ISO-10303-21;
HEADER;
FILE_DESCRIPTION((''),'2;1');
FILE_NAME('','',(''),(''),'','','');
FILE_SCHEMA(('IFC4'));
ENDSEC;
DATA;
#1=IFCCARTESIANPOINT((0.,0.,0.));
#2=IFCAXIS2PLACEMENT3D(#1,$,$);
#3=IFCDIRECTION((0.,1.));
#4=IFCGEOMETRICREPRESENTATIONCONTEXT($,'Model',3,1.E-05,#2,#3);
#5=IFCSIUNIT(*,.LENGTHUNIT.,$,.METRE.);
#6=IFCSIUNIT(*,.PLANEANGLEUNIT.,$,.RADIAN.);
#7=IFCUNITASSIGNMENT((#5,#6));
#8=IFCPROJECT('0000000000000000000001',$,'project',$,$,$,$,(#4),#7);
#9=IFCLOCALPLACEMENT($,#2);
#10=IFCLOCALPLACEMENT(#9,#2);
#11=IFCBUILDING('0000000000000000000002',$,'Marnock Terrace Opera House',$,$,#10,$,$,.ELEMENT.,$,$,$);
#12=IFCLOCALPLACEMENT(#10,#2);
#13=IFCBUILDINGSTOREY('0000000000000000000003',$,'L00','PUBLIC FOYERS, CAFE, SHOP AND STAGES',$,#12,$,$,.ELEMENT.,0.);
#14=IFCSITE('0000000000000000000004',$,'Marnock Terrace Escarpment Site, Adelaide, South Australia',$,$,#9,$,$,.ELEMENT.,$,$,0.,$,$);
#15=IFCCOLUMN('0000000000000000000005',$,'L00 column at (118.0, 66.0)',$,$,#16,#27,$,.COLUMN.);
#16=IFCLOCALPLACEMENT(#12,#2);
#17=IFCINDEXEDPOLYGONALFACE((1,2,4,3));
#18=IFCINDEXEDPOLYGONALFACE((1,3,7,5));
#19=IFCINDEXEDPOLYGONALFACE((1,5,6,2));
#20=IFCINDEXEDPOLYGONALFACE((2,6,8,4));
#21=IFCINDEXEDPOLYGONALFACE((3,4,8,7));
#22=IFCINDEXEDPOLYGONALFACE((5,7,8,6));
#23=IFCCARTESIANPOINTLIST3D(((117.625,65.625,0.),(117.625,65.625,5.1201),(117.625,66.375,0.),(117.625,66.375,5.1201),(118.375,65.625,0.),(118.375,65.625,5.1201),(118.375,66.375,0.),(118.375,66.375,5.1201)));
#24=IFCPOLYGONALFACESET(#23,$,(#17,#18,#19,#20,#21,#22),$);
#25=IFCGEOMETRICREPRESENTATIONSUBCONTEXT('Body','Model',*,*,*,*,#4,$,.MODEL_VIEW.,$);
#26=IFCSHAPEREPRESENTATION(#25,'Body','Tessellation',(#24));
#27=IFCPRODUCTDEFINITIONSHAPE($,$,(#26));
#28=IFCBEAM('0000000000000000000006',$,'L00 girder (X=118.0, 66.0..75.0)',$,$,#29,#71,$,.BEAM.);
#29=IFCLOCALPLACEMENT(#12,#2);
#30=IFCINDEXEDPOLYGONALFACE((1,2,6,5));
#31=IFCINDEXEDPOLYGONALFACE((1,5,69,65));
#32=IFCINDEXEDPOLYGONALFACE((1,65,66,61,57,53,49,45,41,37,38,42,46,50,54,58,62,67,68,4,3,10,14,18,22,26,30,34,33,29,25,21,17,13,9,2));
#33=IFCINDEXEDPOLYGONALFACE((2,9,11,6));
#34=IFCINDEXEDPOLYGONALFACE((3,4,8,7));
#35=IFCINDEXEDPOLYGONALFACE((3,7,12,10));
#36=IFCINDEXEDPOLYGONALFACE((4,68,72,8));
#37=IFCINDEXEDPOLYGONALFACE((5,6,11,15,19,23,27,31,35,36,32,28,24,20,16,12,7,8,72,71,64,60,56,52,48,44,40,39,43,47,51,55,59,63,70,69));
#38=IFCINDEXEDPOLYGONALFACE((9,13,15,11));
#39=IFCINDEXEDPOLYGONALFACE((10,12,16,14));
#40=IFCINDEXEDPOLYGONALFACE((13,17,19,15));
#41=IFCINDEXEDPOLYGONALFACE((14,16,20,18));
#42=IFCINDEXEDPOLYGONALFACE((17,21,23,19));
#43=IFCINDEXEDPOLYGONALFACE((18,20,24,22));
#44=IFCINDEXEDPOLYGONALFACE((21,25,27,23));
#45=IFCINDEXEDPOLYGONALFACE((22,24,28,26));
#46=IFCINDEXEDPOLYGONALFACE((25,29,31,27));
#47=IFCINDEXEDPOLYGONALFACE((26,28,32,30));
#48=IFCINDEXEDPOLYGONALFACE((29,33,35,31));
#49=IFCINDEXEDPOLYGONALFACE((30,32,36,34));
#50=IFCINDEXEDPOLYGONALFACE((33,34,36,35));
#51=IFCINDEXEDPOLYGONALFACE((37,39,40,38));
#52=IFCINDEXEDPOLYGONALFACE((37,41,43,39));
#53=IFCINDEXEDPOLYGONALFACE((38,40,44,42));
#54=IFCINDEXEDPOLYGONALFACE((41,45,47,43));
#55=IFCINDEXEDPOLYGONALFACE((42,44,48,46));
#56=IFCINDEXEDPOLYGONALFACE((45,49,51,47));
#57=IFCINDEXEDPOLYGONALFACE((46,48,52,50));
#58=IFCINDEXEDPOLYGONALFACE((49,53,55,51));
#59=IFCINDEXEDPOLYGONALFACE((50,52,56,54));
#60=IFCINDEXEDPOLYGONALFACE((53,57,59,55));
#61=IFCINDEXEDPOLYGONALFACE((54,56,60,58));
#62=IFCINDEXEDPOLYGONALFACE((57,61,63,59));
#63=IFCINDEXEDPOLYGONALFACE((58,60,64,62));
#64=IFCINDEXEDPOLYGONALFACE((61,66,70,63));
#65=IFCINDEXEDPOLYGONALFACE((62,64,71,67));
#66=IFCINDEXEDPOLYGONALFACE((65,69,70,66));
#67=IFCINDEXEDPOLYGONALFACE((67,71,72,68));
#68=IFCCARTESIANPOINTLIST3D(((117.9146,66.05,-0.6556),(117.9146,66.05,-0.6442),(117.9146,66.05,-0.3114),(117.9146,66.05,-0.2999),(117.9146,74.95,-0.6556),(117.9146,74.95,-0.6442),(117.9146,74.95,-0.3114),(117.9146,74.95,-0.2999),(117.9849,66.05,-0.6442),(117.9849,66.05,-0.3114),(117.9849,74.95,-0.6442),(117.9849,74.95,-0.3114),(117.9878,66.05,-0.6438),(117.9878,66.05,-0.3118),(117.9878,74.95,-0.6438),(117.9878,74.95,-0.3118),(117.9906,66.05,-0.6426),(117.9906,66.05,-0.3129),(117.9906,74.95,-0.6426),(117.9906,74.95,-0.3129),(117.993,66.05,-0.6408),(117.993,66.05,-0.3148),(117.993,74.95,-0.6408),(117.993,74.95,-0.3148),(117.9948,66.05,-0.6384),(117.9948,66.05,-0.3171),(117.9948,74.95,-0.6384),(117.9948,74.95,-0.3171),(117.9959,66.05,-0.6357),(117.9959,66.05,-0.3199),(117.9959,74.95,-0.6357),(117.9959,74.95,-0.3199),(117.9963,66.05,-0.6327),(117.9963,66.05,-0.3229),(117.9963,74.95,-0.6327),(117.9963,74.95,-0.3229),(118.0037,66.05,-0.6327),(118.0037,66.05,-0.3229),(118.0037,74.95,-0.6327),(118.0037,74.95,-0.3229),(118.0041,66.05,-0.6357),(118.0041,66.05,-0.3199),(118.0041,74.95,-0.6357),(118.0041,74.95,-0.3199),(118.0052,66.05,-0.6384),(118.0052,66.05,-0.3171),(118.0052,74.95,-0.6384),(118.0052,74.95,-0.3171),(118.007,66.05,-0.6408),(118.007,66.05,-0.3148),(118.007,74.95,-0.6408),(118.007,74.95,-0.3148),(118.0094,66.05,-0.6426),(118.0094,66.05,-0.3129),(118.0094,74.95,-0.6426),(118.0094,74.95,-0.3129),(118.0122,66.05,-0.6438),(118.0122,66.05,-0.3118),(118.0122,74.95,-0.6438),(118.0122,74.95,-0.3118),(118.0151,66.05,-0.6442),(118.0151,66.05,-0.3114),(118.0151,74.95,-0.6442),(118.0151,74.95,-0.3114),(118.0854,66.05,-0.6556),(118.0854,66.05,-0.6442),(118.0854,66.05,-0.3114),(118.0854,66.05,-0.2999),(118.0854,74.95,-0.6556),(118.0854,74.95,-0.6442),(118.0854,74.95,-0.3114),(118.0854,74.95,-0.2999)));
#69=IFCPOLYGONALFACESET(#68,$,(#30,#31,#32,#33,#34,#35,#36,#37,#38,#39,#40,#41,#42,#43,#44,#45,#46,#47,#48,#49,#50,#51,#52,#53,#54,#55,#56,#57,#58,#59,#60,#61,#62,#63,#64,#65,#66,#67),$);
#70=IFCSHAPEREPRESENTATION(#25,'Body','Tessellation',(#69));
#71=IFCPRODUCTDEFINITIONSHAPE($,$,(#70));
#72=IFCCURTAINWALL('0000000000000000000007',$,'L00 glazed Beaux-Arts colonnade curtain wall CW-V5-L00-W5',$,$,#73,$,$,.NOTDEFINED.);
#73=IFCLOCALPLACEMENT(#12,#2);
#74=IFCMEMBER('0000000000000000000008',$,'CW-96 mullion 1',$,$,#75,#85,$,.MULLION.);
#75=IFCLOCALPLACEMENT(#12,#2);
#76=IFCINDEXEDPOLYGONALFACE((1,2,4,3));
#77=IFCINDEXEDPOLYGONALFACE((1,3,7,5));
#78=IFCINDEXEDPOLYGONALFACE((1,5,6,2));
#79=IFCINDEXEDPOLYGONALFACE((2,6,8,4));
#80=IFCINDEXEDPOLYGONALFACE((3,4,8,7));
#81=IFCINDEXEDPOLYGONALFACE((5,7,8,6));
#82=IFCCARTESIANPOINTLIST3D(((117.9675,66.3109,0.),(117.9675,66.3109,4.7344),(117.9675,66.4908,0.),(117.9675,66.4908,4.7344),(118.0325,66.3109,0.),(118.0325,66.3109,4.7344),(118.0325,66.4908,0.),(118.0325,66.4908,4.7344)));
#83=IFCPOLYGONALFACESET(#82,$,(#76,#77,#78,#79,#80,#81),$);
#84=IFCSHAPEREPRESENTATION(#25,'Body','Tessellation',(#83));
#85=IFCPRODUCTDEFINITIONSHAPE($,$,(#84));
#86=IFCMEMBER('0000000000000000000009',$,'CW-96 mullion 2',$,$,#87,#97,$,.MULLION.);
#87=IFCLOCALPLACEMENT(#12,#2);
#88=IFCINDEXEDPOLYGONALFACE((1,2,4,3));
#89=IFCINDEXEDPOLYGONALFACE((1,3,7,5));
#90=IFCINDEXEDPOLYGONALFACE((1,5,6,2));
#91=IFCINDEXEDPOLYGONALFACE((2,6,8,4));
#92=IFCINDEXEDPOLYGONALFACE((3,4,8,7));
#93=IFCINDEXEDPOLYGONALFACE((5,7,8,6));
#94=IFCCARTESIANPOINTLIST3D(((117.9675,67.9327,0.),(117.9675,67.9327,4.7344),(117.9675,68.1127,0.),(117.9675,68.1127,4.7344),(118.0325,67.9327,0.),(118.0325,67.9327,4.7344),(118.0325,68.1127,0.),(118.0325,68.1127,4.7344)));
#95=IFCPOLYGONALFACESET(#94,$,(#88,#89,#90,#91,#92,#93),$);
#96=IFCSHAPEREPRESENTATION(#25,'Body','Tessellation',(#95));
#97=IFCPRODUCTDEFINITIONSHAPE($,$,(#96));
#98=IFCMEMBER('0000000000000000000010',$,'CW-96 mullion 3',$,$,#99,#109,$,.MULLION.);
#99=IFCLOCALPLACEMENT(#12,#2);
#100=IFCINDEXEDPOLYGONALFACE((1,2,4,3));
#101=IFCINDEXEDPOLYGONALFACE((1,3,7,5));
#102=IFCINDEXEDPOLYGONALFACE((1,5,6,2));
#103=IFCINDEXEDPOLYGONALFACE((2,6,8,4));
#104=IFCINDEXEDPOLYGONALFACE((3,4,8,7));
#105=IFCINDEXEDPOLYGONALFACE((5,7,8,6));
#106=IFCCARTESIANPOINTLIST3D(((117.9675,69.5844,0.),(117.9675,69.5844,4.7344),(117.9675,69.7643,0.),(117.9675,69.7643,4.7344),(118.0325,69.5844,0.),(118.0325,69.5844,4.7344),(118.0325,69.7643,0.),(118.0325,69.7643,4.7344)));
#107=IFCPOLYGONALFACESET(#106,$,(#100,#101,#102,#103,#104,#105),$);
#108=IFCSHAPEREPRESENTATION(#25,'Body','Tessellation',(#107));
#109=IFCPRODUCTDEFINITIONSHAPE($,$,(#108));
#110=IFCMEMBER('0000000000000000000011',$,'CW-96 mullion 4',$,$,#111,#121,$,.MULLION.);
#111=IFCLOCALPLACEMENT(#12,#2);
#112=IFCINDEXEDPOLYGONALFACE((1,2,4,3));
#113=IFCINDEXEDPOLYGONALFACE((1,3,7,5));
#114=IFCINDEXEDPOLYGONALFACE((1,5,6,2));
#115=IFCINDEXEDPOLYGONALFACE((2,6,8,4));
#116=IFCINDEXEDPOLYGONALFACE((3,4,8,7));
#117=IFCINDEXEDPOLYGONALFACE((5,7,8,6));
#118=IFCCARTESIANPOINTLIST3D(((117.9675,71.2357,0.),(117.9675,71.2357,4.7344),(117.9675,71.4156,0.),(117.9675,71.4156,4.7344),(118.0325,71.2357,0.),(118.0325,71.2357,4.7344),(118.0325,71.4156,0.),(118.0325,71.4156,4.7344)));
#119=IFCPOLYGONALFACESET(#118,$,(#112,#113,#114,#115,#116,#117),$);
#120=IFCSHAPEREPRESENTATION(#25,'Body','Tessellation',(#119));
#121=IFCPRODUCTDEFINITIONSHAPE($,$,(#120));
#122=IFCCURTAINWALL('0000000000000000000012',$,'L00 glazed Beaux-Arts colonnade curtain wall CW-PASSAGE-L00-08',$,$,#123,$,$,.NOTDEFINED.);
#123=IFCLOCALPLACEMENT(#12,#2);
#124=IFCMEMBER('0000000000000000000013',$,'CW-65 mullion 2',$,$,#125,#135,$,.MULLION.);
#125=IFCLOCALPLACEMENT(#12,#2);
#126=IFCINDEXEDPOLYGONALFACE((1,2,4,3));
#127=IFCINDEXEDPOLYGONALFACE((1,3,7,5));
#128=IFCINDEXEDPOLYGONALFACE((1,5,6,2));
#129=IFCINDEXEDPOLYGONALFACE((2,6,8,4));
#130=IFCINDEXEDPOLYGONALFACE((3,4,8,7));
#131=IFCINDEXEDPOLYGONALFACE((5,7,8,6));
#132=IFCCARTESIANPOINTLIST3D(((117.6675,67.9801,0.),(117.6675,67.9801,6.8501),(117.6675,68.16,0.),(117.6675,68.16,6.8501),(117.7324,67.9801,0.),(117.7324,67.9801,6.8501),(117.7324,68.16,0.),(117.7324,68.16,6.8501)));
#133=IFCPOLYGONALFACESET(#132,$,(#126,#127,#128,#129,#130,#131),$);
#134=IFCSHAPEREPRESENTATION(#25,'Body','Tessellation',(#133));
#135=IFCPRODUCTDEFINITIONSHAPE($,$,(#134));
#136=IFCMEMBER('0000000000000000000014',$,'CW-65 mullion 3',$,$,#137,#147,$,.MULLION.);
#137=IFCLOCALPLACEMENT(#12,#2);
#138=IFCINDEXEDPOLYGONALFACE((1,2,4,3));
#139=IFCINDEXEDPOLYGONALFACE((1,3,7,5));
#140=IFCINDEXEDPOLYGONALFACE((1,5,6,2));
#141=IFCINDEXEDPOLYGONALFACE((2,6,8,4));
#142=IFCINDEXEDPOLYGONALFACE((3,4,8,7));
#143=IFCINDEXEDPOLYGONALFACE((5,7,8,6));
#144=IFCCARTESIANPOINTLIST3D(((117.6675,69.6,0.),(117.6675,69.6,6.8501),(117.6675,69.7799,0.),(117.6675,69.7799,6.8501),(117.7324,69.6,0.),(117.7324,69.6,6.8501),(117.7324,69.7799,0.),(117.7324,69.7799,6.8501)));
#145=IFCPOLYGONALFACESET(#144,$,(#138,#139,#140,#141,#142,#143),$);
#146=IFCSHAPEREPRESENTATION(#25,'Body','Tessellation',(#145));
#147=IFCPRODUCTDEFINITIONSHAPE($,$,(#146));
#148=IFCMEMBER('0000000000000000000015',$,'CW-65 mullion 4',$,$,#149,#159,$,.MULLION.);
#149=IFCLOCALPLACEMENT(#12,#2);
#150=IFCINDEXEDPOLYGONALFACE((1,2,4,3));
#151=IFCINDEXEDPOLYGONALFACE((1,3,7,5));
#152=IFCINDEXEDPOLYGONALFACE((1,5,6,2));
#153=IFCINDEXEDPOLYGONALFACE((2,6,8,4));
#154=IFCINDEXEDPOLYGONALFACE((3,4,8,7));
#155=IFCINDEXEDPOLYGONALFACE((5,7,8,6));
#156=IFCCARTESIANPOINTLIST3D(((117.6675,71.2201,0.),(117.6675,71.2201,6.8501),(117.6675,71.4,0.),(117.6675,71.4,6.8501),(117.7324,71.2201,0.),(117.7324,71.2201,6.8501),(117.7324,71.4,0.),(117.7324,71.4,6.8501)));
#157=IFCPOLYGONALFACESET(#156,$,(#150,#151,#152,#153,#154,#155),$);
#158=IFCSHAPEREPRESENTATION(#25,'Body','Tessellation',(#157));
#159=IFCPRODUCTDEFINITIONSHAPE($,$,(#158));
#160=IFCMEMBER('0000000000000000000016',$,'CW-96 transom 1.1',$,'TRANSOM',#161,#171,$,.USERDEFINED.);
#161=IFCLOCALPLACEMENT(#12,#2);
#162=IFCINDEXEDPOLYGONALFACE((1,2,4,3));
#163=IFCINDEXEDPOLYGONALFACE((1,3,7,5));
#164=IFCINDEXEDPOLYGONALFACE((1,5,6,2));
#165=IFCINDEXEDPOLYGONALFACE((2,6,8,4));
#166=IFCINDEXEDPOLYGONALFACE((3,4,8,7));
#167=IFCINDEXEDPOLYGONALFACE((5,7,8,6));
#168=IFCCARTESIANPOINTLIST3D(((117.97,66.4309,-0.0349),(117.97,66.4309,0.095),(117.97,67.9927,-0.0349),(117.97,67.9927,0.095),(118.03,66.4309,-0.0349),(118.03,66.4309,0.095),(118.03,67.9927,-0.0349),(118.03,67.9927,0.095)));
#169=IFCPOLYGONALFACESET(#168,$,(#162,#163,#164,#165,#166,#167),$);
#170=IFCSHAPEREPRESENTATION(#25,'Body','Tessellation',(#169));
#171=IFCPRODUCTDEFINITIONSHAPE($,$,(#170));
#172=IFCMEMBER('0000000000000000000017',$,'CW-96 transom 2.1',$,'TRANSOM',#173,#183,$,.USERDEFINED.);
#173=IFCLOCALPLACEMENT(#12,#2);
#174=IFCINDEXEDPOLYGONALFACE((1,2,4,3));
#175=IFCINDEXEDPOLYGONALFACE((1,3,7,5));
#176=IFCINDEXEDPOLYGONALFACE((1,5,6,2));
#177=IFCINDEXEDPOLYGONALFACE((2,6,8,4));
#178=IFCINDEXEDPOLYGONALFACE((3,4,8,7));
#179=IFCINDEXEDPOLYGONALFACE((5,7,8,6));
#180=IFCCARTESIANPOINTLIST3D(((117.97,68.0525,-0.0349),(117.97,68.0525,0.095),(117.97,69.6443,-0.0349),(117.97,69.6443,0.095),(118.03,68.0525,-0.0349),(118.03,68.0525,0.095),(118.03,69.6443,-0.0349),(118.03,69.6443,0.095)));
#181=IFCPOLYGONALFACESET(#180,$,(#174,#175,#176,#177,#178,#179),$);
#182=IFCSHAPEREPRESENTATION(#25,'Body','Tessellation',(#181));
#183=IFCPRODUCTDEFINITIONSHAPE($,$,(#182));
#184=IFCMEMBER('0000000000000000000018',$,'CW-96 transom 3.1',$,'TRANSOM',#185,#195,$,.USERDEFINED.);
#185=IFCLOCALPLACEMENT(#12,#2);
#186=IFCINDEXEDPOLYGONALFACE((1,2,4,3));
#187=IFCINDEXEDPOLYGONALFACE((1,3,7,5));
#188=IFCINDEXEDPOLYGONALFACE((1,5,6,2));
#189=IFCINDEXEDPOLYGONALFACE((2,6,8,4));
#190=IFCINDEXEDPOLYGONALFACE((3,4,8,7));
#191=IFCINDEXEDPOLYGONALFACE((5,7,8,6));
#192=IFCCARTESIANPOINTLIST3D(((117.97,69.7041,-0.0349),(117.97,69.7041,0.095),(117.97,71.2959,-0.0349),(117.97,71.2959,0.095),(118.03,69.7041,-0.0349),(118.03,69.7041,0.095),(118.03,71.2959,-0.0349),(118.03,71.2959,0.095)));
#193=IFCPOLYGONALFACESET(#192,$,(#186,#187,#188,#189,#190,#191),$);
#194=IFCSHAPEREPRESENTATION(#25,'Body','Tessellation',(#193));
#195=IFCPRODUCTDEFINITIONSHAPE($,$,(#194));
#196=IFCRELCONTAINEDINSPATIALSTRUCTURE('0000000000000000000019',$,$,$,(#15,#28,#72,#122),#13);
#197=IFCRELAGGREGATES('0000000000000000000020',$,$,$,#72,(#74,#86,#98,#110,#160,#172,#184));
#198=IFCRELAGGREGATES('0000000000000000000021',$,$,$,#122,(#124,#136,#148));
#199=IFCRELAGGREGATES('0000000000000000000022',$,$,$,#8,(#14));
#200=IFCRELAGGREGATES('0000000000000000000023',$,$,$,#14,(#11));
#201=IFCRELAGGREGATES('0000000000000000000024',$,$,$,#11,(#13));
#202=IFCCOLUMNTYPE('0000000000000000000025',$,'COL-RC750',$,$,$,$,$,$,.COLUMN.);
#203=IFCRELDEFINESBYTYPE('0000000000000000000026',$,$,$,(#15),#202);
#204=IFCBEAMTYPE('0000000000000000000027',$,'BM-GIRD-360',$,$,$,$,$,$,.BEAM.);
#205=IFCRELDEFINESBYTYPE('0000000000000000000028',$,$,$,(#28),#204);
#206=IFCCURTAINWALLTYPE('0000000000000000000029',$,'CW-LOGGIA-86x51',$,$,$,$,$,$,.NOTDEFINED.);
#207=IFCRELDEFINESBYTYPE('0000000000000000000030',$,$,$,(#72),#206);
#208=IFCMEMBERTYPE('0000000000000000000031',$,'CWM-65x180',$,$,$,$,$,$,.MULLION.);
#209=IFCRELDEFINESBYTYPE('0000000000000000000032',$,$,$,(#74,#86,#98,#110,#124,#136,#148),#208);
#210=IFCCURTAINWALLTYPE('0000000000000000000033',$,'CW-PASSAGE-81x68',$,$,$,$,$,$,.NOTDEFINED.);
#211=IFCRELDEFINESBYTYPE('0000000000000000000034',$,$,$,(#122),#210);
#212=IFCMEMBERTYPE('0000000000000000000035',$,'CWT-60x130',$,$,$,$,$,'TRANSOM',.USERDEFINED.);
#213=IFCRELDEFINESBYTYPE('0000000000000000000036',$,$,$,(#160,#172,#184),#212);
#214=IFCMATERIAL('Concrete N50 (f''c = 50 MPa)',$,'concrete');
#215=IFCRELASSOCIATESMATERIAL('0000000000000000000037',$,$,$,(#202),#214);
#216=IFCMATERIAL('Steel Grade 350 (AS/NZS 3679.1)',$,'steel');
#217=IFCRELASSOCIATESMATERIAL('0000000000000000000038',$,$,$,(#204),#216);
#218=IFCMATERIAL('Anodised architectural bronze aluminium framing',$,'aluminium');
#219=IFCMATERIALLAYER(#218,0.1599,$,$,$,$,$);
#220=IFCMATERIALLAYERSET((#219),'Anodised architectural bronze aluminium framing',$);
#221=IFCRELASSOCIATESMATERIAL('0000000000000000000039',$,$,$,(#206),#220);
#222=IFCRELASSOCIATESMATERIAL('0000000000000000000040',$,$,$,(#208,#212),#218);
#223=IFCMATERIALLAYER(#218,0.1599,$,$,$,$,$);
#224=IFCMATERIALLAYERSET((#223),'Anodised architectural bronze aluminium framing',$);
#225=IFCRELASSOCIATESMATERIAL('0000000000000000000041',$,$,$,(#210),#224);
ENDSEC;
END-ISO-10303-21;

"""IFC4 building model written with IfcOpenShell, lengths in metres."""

from ifc_helpers import new_model, si_unit, direction, frame, origin, origin_2d, place, context, subcontext, project, spatial, rectangle, i_section, extrude, material, layer, layer_set, material_profile, profile_set, type_object, element, aggregate, save


model = new_model("IFC4")

# Units and contexts
model_context = context("Model", 3, precision=1e-05, world=origin(), true_north=direction((0.0, 1.0)))
body_context = subcontext(model_context, "Body", "Model", "MODEL_VIEW")
ifc_project = project(units=[si_unit("LENGTHUNIT", "METRE"), si_unit("PLANEANGLEUNIT", "RADIAN")], contexts=[model_context])

# Site, building, storey
site_placement = place(None, origin())
site = spatial("IfcSite", under=ifc_project, at=site_placement, Name="Marnock Terrace Escarpment Site, Adelaide, South Australia", CompositionType="ELEMENT", RefElevation=0.0)
building_placement = place(site_placement, origin())
building = spatial("IfcBuilding", under=site, at=building_placement, Name="Marnock Terrace Opera House", CompositionType="ELEMENT")
storey_placement = place(building_placement, origin())
storey = spatial("IfcBuildingStorey", under=building, at=storey_placement, Name="L00", Description="PUBLIC FOYERS, CAFE, SHOP AND STAGES", CompositionType="ELEMENT", Elevation=0.0)

# Column
ifc_material_1 = material(Name="Concrete N50 (f'c = 50 MPa)", Category="concrete")
ifc_material_profile_1 = material_profile(ifc_material_1, rectangle(XDim=0.75, YDim=0.75, at=origin_2d()))
ifc_profile_set_1 = profile_set([ifc_material_profile_1], Name="Concrete N50 (f'c = 50 MPa)")
column_type = type_object("IfcColumnType", Name="COL-RC750", PredefinedType="COLUMN", material=ifc_profile_set_1)
column_placement = place(storey_placement, frame((118.0, 66.0, 0.0), z_axis=(0.0, 0.0, 1.0), x_axis=(1.0, 0.0, 0.0)))
element("IfcColumn", 1, at=column_placement, inside=storey, type_object=column_type, Name="L00 column at (118.0, 66.0)", PredefinedType="COLUMN", context=body_context, shape_type="SweptSolid", body=[
    extrude(rectangle(XDim=0.75, YDim=0.75, at=origin_2d()), origin(), (0.0, 0.0, 1.0), 5.1201),
])

# Beam
ifc_material_2 = material(Name="Steel Grade 350 (AS/NZS 3679.1)", Category="steel")
ifc_material_profile_2 = material_profile(ifc_material_2, i_section(OverallWidth=0.1709, OverallDepth=0.3557, WebThickness=0.0073, FlangeThickness=0.0115, FilletRadius=0.0115, at=origin_2d()))
ifc_profile_set_2 = profile_set([ifc_material_profile_2], Name="Steel Grade 350 (AS/NZS 3679.1)")
beam_type = type_object("IfcBeamType", Name="BM-GIRD-360", PredefinedType="BEAM", material=ifc_profile_set_2)
beam_placement = place(storey_placement, frame((118.0, 66.05, -0.4778), z_axis=(0.0, 1.0, 0.0), x_axis=(-1.0, 0.0, 0.0)))
element("IfcBeam", 2, at=beam_placement, inside=storey, type_object=beam_type, Name="L00 girder (X=118.0, 66.0..75.0)", PredefinedType="BEAM", context=body_context, shape_type="SweptSolid", body=[
    extrude(i_section(OverallWidth=0.1709, OverallDepth=0.3557, WebThickness=0.0073, FlangeThickness=0.0115, FilletRadius=0.0115, at=origin_2d()), origin(), (0.0, 0.0, 1.0), 8.8999),
])

# Curtain walls, members
ifc_material_3 = material(Name="Anodised architectural bronze aluminium framing", Category="aluminium")
ifc_layer_1 = layer(ifc_material_3, 0.1599)
ifc_layer_set_1 = layer_set([ifc_layer_1], Name="Anodised architectural bronze aluminium framing")
curtain_wall_type_1 = type_object("IfcCurtainWallType", Name="CW-LOGGIA-86x51", PredefinedType="NOTDEFINED", material=ifc_layer_set_1)
curtain_wall_1_placement = place(storey_placement, origin())
curtain_wall_1 = element("IfcCurtainWall", 3, at=curtain_wall_1_placement, inside=storey, type_object=curtain_wall_type_1, Name="L00 glazed Beaux-Arts colonnade curtain wall CW-V5-L00-W5", PredefinedType="NOTDEFINED")
ifc_material_profile_3 = material_profile(ifc_material_3, rectangle(XDim=0.0649, YDim=0.1799, at=origin_2d()))
ifc_profile_set_3 = profile_set([ifc_material_profile_3], Name="Anodised architectural bronze aluminium framing")
member_type_1 = type_object("IfcMemberType", Name="CWM-65x180", PredefinedType="MULLION", material=ifc_profile_set_3)
member_1_placement = place(storey_placement, frame((118.0, 66.4009, 0.0), z_axis=(0.0, 0.0, 1.0), x_axis=(-1.0, 0.0, 0.0)))
member_1 = element("IfcMember", 4, at=member_1_placement, type_object=member_type_1, Name="CW-96 mullion 1", PredefinedType="MULLION", context=body_context, shape_type="SweptSolid", body=[
    extrude(rectangle(XDim=0.0649, YDim=0.1799, at=origin_2d()), origin(), (0.0, 0.0, 1.0), 4.7344),
])
member_2_placement = place(storey_placement, frame((118.0, 68.0227, 0.0), z_axis=(0.0, 0.0, 1.0), x_axis=(-1.0, 0.0, 0.0)))
member_2 = element("IfcMember", 5, at=member_2_placement, type_object=member_type_1, Name="CW-96 mullion 2", PredefinedType="MULLION", context=body_context, shape_type="SweptSolid", body=[
    extrude(rectangle(XDim=0.0649, YDim=0.1799, at=origin_2d()), origin(), (0.0, 0.0, 1.0), 4.7344),
])
member_3_placement = place(storey_placement, frame((118.0, 69.6743, 0.0), z_axis=(0.0, 0.0, 1.0), x_axis=(-1.0, 0.0, 0.0)))
member_3 = element("IfcMember", 6, at=member_3_placement, type_object=member_type_1, Name="CW-96 mullion 3", PredefinedType="MULLION", context=body_context, shape_type="SweptSolid", body=[
    extrude(rectangle(XDim=0.0649, YDim=0.1799, at=origin_2d()), origin(), (0.0, 0.0, 1.0), 4.7344),
])
member_4_placement = place(storey_placement, frame((118.0, 71.3257, 0.0), z_axis=(0.0, 0.0, 1.0), x_axis=(-1.0, 0.0, 0.0)))
member_4 = element("IfcMember", 7, at=member_4_placement, type_object=member_type_1, Name="CW-96 mullion 4", PredefinedType="MULLION", context=body_context, shape_type="SweptSolid", body=[
    extrude(rectangle(XDim=0.0649, YDim=0.1799, at=origin_2d()), origin(), (0.0, 0.0, 1.0), 4.7344),
])
ifc_layer_2 = layer(ifc_material_3, 0.1599)
ifc_layer_set_2 = layer_set([ifc_layer_2], Name="Anodised architectural bronze aluminium framing")
curtain_wall_type_2 = type_object("IfcCurtainWallType", Name="CW-PASSAGE-81x68", PredefinedType="NOTDEFINED", material=ifc_layer_set_2)
curtain_wall_2_placement = place(storey_placement, origin())
curtain_wall_2 = element("IfcCurtainWall", 8, at=curtain_wall_2_placement, inside=storey, type_object=curtain_wall_type_2, Name="L00 glazed Beaux-Arts colonnade curtain wall CW-PASSAGE-L00-08", PredefinedType="NOTDEFINED")
member_5_placement = place(storey_placement, frame((117.7, 68.0701, 0.0), z_axis=(0.0, 0.0, 1.0), x_axis=(-1.0, 0.0, 0.0)))
member_5 = element("IfcMember", 9, at=member_5_placement, type_object=member_type_1, Name="CW-65 mullion 2", PredefinedType="MULLION", context=body_context, shape_type="SweptSolid", body=[
    extrude(rectangle(XDim=0.0649, YDim=0.1799, at=origin_2d()), origin(), (0.0, 0.0, 1.0), 6.8501),
])
member_6_placement = place(storey_placement, frame((117.7, 69.6899, 0.0), z_axis=(0.0, 0.0, 1.0), x_axis=(-1.0, 0.0, 0.0)))
member_6 = element("IfcMember", 10, at=member_6_placement, type_object=member_type_1, Name="CW-65 mullion 3", PredefinedType="MULLION", context=body_context, shape_type="SweptSolid", body=[
    extrude(rectangle(XDim=0.0649, YDim=0.1799, at=origin_2d()), origin(), (0.0, 0.0, 1.0), 6.8501),
])
member_7_placement = place(storey_placement, frame((117.7, 71.3101, 0.0), z_axis=(0.0, 0.0, 1.0), x_axis=(-1.0, 0.0, 0.0)))
member_7 = element("IfcMember", 11, at=member_7_placement, type_object=member_type_1, Name="CW-65 mullion 4", PredefinedType="MULLION", context=body_context, shape_type="SweptSolid", body=[
    extrude(rectangle(XDim=0.0649, YDim=0.1799, at=origin_2d()), origin(), (0.0, 0.0, 1.0), 6.8501),
])

# Members
ifc_material_profile_4 = material_profile(ifc_material_3, rectangle(XDim=0.0601, YDim=0.1299, at=origin_2d()))
ifc_profile_set_4 = profile_set([ifc_material_profile_4], Name="Anodised architectural bronze aluminium framing")
member_type_2 = type_object("IfcMemberType", Name="CWT-60x130", ElementType="TRANSOM", PredefinedType="USERDEFINED", material=ifc_profile_set_4)
member_8_placement = place(storey_placement, frame((118.0, 66.4309, 0.03), z_axis=(0.0, 1.0, 0.0), x_axis=(-1.0, 0.0, 0.0)))
member_8 = element("IfcMember", 12, at=member_8_placement, type_object=member_type_2, Name="CW-96 transom 1.1", ObjectType="TRANSOM", PredefinedType="USERDEFINED", context=body_context, shape_type="SweptSolid", body=[
    extrude(rectangle(XDim=0.0601, YDim=0.1299, at=origin_2d()), origin(), (0.0, 0.0, 1.0), 1.5618),
])
member_9_placement = place(storey_placement, frame((118.0, 68.0525, 0.03), z_axis=(0.0, 1.0, 0.0), x_axis=(-1.0, 0.0, 0.0)))
member_9 = element("IfcMember", 13, at=member_9_placement, type_object=member_type_2, Name="CW-96 transom 2.1", ObjectType="TRANSOM", PredefinedType="USERDEFINED", context=body_context, shape_type="SweptSolid", body=[
    extrude(rectangle(XDim=0.0601, YDim=0.1299, at=origin_2d()), origin(), (0.0, 0.0, 1.0), 1.5918),
])
member_10_placement = place(storey_placement, frame((118.0, 69.7041, 0.03), z_axis=(0.0, 1.0, 0.0), x_axis=(-1.0, 0.0, 0.0)))
member_10 = element("IfcMember", 14, at=member_10_placement, type_object=member_type_2, Name="CW-96 transom 3.1", ObjectType="TRANSOM", PredefinedType="USERDEFINED", context=body_context, shape_type="SweptSolid", body=[
    extrude(rectangle(XDim=0.0601, YDim=0.1299, at=origin_2d()), origin(), (0.0, 0.0, 1.0), 1.5918),
])

aggregate(curtain_wall_1, [member_1, member_2, member_3, member_4, member_8, member_9, member_10])
aggregate(curtain_wall_2, [member_5, member_6, member_7])

save(model, "model.ifc")
